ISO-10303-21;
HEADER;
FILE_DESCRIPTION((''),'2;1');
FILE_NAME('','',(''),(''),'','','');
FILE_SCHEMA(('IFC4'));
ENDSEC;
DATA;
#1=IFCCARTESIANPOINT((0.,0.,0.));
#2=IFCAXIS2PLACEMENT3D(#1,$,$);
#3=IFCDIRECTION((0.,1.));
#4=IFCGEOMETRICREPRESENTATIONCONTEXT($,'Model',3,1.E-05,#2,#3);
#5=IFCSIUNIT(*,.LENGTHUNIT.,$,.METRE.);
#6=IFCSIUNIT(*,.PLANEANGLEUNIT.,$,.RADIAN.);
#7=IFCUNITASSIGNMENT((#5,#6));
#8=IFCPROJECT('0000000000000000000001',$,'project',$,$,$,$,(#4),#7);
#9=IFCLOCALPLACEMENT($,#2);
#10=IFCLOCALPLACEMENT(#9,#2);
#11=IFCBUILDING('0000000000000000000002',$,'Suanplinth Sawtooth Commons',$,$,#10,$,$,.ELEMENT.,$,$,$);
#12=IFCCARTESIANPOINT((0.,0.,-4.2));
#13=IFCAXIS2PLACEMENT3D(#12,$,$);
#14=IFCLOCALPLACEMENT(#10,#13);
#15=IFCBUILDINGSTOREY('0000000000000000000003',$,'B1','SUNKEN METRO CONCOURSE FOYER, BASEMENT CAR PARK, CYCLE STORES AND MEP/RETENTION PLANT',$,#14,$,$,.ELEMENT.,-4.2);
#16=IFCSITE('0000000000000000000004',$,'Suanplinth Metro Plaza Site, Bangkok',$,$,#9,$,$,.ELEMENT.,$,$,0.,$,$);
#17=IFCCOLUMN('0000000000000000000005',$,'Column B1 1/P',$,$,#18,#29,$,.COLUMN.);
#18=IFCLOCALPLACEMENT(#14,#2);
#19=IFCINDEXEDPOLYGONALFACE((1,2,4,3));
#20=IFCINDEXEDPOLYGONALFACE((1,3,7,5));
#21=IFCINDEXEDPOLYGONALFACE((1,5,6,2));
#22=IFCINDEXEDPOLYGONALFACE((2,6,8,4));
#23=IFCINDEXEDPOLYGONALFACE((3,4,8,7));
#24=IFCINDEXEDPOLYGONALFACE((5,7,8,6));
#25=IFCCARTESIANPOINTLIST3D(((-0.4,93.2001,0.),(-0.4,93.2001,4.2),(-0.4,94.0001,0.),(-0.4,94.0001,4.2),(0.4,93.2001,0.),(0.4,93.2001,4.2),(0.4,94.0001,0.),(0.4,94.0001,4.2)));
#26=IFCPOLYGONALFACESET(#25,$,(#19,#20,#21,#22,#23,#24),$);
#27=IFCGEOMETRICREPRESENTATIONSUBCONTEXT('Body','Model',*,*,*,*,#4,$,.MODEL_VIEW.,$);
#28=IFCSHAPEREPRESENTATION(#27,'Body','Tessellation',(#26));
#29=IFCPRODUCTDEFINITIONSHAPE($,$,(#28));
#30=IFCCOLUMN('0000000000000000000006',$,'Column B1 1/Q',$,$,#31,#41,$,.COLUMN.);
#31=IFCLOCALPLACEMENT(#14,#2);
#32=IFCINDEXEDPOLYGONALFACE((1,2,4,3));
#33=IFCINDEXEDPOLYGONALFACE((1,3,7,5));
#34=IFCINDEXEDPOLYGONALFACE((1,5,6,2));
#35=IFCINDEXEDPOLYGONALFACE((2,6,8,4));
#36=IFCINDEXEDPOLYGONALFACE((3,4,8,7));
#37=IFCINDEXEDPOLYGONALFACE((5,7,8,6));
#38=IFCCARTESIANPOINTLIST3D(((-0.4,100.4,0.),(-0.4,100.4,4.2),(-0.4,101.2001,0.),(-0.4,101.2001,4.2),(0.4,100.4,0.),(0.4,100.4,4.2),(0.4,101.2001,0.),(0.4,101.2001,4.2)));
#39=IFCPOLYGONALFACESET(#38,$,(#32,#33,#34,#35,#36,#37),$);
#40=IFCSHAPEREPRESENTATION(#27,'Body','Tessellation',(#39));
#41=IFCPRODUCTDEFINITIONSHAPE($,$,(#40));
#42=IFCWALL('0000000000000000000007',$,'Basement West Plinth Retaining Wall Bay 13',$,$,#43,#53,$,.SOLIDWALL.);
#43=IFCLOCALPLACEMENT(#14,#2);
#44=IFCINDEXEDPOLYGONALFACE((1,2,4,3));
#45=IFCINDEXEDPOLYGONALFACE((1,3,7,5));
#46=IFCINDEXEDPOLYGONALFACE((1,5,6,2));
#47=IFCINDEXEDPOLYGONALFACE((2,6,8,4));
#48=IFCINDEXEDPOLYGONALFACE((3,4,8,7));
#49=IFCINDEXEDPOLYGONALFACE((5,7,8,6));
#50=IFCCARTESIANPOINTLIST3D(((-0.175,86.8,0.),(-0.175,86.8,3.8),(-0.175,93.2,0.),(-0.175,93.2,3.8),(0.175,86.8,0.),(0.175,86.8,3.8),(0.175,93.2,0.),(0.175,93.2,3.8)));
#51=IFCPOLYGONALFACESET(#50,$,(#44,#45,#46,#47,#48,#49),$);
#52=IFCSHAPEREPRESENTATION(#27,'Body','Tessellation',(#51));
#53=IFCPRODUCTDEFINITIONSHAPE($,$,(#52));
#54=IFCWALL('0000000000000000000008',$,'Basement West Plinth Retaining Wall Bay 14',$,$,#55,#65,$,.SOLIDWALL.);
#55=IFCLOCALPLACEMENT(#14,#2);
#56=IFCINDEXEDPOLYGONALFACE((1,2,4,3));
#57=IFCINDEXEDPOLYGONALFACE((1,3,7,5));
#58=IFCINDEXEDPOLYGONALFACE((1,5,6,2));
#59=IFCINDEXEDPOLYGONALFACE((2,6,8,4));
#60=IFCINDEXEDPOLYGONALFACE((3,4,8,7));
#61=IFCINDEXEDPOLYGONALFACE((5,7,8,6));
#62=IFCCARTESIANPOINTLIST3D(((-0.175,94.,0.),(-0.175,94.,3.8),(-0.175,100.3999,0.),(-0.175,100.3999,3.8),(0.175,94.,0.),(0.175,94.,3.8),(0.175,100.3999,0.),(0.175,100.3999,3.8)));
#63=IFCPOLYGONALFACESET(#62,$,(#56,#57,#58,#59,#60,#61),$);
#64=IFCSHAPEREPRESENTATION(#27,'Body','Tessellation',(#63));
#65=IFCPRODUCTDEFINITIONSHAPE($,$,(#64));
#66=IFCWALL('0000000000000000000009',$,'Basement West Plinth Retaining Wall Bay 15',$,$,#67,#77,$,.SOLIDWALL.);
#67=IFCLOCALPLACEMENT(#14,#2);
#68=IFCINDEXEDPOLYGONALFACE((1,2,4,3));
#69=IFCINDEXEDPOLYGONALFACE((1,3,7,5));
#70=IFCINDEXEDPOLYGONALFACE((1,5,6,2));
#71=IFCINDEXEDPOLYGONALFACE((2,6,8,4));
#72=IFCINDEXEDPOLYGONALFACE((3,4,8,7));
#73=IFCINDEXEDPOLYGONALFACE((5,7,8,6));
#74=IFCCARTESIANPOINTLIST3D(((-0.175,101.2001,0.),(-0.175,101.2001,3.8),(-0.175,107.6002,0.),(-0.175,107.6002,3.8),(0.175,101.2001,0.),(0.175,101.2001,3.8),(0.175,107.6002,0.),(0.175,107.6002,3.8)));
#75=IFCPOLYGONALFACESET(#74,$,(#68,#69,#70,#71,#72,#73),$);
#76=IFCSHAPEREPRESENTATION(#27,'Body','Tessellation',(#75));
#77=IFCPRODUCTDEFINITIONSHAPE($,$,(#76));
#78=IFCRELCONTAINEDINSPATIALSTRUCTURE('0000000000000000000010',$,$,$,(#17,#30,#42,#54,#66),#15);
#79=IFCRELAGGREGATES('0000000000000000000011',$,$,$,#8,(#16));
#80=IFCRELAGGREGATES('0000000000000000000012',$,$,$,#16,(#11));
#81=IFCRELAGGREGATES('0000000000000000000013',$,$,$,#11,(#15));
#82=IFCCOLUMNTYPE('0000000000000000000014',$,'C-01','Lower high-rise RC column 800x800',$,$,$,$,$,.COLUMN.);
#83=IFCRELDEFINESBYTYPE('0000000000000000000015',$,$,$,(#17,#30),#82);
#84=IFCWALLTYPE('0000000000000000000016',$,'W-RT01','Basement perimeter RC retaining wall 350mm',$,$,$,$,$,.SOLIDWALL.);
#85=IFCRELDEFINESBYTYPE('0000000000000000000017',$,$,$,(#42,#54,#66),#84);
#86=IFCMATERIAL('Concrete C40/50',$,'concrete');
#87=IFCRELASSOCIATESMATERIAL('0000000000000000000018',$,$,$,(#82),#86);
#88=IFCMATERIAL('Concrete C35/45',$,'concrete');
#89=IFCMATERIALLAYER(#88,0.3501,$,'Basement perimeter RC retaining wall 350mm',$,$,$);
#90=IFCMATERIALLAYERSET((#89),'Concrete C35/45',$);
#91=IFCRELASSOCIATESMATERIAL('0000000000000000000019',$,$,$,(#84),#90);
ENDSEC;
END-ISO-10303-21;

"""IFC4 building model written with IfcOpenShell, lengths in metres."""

from ifc_helpers import new_model, si_unit, direction, frame, frame_2d, origin, origin_2d, place, context, subcontext, project, spatial, rectangle, extrude, material, layer, layer_set, material_profile, profile_set, type_object, element, save


model = new_model("IFC4")

# Units and contexts
model_context = context("Model", 3, precision=1e-05, world=origin(), true_north=direction((0.0, 1.0)))
body_context = subcontext(model_context, "Body", "Model", "MODEL_VIEW")
ifc_project = project(units=[si_unit("LENGTHUNIT", "METRE"), si_unit("PLANEANGLEUNIT", "RADIAN")], contexts=[model_context])

# Site, building, storey
site_placement = place(None, origin())
site = spatial("IfcSite", under=ifc_project, at=site_placement, Name="Suanplinth Metro Plaza Site, Bangkok", CompositionType="ELEMENT", RefElevation=0.0)
building_placement = place(site_placement, origin())
building = spatial("IfcBuilding", under=site, at=building_placement, Name="Suanplinth Sawtooth Commons", CompositionType="ELEMENT")
storey_placement = place(building_placement, frame((0.0, 0.0, -4.2)))
storey = spatial("IfcBuildingStorey", under=building, at=storey_placement, Name="B1", Description="SUNKEN METRO CONCOURSE FOYER, BASEMENT CAR PARK, CYCLE STORES AND MEP/RETENTION PLANT", CompositionType="ELEMENT", Elevation=-4.2)

# Shared definitions
ifc_material_1 = material(Name="Concrete C35/45", Category="concrete")

# Columns
ifc_material_2 = material(Name="Concrete C40/50", Category="concrete")
ifc_material_profile_1 = material_profile(ifc_material_2, rectangle(XDim=0.8, YDim=0.8, at=origin_2d()), Name="RC-COL 800x800")
ifc_profile_set_1 = profile_set([ifc_material_profile_1], Name="Concrete C40/50")
column_type = type_object("IfcColumnType", Name="C-01", Description="Lower high-rise RC column 800x800", PredefinedType="COLUMN", material=ifc_profile_set_1)
for number, where, z_axis, x_axis, name in (
    (1, (0.0, 93.6001, 0.0), (0.0, 0.0, 1.0), (1.0, 0.0, 0.0), "Column B1 1/P"),
    (2, (0.0, 100.8, 0.0), (0.0, 0.0, 1.0), (1.0, 0.0, 0.0), "Column B1 1/Q"),
):
    element("IfcColumn", number, at=place(storey_placement, frame(where, z_axis=z_axis, x_axis=x_axis)), inside=storey, type_object=column_type, Name=name, PredefinedType="COLUMN", context=body_context, shape_type="SweptSolid", body=[
        extrude(rectangle(XDim=0.8, YDim=0.8, at=origin_2d()), origin(), (0.0, 0.0, 1.0), 4.2),
    ])

# Walls
ifc_layer = layer(ifc_material_1, 0.3501, Name="Basement perimeter RC retaining wall 350mm")
ifc_layer_set = layer_set([ifc_layer], Name="Concrete C35/45")
wall_type = type_object("IfcWallType", Name="W-RT01", Description="Basement perimeter RC retaining wall 350mm", PredefinedType="SOLIDWALL", material=ifc_layer_set)
for number, where, z_axis, x_axis, name in (
    (3, (0.0, 86.8, 0.0), (0.0, 0.0, 1.0), (0.0, 1.0, 0.0), "Basement West Plinth Retaining Wall Bay 13"),
    (4, (0.0, 94.0, 0.0), (0.0, 0.0, 1.0), (0.0, 1.0, 0.0), "Basement West Plinth Retaining Wall Bay 14"),
):
    element("IfcWall", number, at=place(storey_placement, frame(where, z_axis=z_axis, x_axis=x_axis)), inside=storey, type_object=wall_type, Name=name, PredefinedType="SOLIDWALL", context=body_context, shape_type="SweptSolid", body=[
        extrude(rectangle(XDim=6.3999, YDim=0.3501, at=frame_2d((3.2, 0.0))), origin(), (0.0, 0.0, 1.0), 3.8),
    ])
wall_placement = place(storey_placement, frame((0.0, 101.2, 0.0), z_axis=(0.0, 0.0, 1.0), x_axis=(0.0, 1.0, 0.0)))
element("IfcWall", 5, at=wall_placement, inside=storey, type_object=wall_type, Name="Basement West Plinth Retaining Wall Bay 15", PredefinedType="SOLIDWALL", context=body_context, shape_type="SweptSolid", body=[
    extrude(rectangle(XDim=6.4001, YDim=0.3501, at=frame_2d((3.2002, 0.0))), origin(), (0.0, 0.0, 1.0), 3.8),
])

save(model, "model.ifc")
